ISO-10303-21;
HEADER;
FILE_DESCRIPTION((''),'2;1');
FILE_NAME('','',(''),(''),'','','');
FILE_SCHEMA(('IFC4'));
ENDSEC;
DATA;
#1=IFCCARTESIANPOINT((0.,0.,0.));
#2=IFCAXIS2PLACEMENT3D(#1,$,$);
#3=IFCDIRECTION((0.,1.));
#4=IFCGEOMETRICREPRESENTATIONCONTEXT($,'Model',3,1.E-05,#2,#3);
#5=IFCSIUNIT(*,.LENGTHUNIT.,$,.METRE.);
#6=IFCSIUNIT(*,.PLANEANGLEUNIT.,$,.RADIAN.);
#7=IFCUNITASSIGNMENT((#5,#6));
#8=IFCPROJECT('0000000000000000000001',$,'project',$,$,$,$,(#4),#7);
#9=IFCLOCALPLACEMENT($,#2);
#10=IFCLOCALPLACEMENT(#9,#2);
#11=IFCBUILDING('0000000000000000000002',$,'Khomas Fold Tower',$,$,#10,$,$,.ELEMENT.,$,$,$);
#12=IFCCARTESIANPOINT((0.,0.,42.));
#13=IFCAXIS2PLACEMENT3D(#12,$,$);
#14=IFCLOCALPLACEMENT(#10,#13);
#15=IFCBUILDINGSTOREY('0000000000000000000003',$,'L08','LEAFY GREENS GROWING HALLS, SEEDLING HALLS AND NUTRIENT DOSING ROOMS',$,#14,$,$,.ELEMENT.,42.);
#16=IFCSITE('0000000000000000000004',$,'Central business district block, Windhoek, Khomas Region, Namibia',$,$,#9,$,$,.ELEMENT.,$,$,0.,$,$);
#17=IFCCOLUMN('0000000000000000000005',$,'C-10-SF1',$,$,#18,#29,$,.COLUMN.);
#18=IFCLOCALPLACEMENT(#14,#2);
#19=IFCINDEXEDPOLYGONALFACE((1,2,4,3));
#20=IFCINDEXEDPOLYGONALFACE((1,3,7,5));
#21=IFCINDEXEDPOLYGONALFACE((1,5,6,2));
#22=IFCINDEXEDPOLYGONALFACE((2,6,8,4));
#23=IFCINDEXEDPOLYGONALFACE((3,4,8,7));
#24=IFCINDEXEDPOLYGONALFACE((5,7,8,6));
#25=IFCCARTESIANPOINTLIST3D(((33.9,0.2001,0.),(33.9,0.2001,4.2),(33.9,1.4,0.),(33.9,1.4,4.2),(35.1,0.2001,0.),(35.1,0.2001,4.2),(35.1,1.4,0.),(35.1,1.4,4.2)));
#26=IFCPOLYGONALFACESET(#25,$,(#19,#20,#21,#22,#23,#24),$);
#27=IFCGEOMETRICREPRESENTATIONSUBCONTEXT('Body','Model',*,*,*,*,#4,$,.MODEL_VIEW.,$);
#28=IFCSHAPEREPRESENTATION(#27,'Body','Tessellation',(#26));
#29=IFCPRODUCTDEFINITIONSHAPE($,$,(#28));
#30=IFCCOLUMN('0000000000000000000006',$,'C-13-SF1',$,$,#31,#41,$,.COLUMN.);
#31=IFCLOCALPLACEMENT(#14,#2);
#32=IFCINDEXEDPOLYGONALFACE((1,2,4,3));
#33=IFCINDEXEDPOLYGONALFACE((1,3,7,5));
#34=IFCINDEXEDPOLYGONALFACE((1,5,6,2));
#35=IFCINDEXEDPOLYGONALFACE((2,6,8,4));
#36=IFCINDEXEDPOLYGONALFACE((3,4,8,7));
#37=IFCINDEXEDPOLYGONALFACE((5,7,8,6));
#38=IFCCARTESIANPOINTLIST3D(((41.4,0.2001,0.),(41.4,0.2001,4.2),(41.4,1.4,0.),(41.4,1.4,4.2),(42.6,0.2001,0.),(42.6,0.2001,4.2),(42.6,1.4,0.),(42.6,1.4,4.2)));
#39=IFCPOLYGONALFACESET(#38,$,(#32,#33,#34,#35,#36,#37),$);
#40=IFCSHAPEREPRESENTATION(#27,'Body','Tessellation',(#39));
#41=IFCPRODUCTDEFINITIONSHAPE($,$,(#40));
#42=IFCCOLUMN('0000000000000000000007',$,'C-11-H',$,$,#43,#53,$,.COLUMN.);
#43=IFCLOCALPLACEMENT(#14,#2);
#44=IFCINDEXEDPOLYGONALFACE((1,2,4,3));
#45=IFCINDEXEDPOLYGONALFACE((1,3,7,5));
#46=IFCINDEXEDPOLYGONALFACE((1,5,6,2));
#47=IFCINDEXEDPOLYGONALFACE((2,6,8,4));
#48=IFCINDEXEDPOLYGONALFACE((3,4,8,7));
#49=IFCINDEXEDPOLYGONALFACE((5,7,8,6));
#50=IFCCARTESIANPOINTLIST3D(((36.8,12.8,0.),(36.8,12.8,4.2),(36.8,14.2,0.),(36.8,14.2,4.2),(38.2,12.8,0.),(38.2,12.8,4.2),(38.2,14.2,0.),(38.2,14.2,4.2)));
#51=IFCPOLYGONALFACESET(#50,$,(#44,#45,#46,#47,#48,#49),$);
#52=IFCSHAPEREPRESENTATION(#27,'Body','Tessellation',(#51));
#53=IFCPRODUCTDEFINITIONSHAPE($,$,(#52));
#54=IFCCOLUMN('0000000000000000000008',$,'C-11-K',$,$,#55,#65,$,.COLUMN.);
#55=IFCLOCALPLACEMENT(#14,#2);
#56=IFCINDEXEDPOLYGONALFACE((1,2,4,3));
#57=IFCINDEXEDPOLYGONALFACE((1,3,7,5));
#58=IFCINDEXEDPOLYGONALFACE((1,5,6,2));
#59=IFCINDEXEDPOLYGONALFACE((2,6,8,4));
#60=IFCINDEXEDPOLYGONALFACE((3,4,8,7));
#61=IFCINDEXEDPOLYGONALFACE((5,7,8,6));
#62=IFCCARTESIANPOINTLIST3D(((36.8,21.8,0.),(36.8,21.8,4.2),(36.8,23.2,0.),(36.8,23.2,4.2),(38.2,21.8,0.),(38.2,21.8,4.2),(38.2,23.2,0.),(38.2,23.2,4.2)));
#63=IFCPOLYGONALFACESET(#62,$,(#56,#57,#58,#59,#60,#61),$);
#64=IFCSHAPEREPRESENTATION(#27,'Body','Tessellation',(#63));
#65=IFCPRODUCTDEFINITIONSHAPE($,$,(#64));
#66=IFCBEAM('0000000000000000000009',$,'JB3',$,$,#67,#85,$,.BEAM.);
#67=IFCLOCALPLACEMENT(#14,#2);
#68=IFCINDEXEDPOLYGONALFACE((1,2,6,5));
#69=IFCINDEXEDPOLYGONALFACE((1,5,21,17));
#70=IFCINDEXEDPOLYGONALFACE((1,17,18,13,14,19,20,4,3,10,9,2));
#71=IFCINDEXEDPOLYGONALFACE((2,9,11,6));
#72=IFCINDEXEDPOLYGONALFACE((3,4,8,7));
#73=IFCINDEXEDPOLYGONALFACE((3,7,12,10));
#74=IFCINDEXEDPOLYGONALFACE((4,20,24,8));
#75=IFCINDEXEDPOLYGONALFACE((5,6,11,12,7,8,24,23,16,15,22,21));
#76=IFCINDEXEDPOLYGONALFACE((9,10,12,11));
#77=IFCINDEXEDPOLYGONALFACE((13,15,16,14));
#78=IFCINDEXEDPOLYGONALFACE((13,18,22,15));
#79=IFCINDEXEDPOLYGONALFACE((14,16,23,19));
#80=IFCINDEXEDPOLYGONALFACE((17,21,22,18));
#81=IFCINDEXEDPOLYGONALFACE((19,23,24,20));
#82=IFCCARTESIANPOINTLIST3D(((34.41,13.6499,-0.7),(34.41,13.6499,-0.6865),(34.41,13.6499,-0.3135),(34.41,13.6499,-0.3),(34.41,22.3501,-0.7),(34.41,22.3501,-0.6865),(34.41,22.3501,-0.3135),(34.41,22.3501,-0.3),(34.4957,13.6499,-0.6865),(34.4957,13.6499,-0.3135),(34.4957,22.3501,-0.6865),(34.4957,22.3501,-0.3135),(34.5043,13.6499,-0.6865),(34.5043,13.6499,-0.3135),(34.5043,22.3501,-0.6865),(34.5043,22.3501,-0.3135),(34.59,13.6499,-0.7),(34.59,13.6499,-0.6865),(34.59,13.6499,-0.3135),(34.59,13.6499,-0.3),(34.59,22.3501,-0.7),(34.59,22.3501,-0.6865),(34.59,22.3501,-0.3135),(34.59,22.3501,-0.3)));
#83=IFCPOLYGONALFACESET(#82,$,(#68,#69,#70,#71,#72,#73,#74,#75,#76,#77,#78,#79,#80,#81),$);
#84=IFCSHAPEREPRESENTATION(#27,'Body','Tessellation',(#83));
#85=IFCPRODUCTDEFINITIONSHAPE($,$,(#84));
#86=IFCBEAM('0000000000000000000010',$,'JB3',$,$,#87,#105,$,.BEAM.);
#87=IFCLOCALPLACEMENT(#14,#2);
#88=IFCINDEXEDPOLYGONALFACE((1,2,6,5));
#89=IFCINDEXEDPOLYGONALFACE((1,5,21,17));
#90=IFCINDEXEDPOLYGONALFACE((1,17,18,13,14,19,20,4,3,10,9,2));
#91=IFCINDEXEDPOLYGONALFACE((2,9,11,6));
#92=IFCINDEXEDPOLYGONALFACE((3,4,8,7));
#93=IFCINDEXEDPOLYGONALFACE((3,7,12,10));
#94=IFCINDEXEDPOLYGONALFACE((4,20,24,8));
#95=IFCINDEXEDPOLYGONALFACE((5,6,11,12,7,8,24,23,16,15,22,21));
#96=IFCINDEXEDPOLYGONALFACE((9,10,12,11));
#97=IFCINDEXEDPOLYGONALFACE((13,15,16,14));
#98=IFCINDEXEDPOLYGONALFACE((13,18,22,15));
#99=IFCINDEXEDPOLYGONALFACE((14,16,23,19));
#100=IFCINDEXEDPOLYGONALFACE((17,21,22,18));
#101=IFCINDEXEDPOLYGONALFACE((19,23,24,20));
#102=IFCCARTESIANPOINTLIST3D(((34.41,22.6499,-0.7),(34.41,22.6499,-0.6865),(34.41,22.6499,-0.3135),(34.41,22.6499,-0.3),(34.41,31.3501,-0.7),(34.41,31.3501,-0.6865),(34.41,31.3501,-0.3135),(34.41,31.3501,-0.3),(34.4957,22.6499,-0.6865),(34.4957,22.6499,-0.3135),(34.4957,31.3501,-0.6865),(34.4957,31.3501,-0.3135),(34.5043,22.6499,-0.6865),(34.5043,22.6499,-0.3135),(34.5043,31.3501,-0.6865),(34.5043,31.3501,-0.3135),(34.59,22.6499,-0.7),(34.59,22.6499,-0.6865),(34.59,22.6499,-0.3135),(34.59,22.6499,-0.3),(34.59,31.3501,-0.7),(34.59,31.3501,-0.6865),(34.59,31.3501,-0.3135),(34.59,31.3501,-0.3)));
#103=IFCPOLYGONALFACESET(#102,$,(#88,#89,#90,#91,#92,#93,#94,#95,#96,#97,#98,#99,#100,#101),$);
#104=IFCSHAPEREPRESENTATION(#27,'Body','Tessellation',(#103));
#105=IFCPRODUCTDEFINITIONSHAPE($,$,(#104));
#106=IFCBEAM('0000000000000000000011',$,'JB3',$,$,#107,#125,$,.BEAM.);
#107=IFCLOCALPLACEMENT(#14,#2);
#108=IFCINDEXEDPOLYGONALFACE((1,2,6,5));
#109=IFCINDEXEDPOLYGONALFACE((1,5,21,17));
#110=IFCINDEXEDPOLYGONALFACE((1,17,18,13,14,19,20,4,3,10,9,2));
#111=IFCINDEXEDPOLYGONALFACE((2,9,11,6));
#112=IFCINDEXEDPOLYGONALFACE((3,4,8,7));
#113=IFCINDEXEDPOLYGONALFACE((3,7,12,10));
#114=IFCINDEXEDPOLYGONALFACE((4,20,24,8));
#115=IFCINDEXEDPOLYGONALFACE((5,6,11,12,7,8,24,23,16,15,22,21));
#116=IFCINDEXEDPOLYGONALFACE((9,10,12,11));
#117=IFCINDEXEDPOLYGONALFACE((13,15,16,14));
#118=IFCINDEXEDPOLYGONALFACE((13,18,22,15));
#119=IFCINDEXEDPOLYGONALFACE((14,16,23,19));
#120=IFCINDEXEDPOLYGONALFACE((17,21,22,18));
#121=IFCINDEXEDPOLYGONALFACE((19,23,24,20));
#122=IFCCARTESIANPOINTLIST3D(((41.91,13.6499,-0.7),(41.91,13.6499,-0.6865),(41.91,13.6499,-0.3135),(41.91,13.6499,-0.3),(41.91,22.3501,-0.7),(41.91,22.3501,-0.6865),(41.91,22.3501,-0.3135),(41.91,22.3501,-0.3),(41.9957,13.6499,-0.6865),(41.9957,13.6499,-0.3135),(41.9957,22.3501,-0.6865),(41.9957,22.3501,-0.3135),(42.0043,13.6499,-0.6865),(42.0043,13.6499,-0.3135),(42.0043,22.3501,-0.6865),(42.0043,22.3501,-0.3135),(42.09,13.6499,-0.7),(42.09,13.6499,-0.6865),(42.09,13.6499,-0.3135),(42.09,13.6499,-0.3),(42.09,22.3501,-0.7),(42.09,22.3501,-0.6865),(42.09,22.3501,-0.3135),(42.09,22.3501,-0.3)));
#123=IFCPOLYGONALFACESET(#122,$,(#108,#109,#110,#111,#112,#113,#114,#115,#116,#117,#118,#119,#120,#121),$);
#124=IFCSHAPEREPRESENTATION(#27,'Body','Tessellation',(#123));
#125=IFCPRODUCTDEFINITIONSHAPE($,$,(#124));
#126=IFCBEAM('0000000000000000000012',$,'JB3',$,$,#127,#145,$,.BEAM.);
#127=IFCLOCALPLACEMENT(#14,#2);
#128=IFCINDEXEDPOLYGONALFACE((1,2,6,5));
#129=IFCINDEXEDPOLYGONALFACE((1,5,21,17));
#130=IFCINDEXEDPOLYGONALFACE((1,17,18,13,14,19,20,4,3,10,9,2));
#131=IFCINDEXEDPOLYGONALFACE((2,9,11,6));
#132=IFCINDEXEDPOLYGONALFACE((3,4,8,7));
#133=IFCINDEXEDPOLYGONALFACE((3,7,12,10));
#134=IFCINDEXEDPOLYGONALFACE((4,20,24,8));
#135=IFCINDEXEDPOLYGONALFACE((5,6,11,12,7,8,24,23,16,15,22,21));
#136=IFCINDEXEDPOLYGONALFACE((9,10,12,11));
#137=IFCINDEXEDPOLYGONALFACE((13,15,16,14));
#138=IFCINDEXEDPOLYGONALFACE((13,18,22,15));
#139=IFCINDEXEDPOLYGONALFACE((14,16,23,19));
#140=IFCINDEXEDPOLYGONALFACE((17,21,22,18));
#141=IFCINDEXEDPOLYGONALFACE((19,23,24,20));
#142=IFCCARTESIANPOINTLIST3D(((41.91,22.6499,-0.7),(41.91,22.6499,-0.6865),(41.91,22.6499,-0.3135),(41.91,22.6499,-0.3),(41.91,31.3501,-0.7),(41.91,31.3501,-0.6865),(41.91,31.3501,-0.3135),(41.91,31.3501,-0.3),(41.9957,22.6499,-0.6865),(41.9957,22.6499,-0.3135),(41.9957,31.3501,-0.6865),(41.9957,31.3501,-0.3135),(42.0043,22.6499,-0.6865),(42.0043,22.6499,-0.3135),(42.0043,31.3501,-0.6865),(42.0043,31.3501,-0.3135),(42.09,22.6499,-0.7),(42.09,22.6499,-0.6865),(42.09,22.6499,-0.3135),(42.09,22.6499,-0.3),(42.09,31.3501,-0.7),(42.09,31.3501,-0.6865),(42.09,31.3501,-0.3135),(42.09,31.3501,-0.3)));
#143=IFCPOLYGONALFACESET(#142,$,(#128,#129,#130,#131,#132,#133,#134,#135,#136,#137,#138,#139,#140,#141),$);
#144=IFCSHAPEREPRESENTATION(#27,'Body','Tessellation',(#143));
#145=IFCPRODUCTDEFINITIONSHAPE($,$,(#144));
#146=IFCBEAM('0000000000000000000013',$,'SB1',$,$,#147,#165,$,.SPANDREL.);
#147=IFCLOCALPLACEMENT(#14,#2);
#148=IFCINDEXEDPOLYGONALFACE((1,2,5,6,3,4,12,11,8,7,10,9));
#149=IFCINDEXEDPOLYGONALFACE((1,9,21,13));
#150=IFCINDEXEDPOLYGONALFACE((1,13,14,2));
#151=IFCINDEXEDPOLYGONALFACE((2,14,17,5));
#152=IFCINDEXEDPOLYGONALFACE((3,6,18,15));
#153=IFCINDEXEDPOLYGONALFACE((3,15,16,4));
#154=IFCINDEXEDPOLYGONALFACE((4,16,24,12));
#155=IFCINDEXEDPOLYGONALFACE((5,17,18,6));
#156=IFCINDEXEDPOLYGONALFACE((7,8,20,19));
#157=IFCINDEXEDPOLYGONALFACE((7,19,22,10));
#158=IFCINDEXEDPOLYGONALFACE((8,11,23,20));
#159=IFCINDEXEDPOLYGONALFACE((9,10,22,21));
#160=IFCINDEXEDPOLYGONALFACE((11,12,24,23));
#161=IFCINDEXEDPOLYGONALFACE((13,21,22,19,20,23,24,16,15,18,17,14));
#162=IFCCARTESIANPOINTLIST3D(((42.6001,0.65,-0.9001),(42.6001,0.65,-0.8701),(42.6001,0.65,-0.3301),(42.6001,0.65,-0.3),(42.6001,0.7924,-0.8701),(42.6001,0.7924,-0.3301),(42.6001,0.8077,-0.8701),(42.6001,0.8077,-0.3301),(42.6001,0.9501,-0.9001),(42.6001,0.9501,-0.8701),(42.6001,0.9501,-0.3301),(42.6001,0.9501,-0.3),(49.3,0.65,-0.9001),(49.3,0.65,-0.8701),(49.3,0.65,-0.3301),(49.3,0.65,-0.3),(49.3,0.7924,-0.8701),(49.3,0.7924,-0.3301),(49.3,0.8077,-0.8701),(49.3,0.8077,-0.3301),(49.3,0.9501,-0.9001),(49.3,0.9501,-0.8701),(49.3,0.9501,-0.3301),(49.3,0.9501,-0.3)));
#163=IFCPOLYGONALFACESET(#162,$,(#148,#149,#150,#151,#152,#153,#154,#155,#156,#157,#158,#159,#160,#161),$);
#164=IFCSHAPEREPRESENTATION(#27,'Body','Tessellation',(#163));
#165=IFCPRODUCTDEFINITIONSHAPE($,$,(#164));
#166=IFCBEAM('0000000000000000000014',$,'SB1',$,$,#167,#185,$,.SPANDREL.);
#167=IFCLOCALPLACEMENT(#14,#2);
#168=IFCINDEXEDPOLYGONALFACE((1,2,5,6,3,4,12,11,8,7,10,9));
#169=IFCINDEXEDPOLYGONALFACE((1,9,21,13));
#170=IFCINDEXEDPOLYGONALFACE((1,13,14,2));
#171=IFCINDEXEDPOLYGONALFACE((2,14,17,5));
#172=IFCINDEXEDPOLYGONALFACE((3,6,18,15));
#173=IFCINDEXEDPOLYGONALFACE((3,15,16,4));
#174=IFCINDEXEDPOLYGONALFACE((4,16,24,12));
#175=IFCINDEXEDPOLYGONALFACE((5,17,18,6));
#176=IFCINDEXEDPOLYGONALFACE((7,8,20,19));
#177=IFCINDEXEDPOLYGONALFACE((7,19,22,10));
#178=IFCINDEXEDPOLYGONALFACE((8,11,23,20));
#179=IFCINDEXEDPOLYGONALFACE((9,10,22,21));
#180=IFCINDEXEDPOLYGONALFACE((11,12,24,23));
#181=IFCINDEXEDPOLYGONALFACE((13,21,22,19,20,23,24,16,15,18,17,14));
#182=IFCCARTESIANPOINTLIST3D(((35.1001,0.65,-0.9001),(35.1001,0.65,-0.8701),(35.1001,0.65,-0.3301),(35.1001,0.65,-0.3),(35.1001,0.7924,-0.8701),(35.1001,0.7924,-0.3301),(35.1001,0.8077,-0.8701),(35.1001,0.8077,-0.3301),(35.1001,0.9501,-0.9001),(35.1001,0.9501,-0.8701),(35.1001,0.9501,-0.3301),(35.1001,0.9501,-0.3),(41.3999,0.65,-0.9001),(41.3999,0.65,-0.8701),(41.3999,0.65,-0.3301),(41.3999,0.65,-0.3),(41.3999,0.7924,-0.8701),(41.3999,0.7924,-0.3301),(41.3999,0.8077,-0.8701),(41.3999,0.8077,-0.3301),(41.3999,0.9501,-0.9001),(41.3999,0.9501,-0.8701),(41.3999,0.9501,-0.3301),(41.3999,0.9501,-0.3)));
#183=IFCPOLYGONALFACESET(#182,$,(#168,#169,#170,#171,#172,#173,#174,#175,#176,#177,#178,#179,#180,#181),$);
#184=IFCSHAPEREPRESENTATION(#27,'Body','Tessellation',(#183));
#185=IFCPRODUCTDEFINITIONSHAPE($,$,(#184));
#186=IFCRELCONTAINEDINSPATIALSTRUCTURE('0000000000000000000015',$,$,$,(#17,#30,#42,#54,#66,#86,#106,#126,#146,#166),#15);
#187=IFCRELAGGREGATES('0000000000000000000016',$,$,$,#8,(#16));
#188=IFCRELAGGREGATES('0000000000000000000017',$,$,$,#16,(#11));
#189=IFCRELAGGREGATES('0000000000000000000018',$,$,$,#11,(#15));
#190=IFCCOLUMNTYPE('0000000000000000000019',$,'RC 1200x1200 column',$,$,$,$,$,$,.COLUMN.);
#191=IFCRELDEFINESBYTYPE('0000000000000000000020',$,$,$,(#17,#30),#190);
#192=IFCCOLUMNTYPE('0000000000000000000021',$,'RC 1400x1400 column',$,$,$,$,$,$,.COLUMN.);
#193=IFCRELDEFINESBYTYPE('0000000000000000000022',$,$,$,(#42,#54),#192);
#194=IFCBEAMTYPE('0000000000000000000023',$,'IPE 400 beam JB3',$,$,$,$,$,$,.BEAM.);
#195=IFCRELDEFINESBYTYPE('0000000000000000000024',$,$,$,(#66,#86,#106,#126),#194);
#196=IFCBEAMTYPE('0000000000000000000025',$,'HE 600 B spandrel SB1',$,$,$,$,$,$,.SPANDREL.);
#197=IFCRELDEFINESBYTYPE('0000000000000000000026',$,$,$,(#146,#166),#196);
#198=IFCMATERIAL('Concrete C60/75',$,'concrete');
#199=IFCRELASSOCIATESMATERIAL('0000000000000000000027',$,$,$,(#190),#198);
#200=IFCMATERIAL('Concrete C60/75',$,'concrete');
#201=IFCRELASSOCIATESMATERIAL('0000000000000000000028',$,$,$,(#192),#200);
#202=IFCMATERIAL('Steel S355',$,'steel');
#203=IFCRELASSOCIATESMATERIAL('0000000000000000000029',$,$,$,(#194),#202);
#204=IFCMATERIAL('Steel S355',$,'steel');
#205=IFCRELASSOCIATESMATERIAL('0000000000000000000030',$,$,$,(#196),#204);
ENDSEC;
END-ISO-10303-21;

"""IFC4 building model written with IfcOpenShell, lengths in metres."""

from ifc_helpers import new_model, si_unit, direction, frame, origin, origin_2d, place, context, subcontext, project, spatial, rectangle, i_section, extrude, source, transform, mapped, material, material_profile, profile_set, type_object, element, save


model = new_model("IFC4")

# Units and contexts
model_context = context("Model", 3, precision=1e-05, world=origin(), true_north=direction((0.0, 1.0)))
body_context = subcontext(model_context, "Body", "Model", "MODEL_VIEW")
ifc_project = project(units=[si_unit("LENGTHUNIT", "METRE"), si_unit("PLANEANGLEUNIT", "RADIAN")], contexts=[model_context])

# Site, building, storey
site_placement = place(None, origin())
site = spatial("IfcSite", under=ifc_project, at=site_placement, Name="Central business district block, Windhoek, Khomas Region, Namibia", CompositionType="ELEMENT", RefElevation=0.0)
building_placement = place(site_placement, origin())
building = spatial("IfcBuilding", under=site, at=building_placement, Name="Khomas Fold Tower", CompositionType="ELEMENT")
storey_placement = place(building_placement, frame((0.0, 0.0, 42.0)))
storey = spatial("IfcBuildingStorey", under=building, at=storey_placement, Name="L08", Description="LEAFY GREENS GROWING HALLS, SEEDLING HALLS AND NUTRIENT DOSING ROOMS", CompositionType="ELEMENT", Elevation=42.0)

# Columns
ifc_material_1 = material(Name="Concrete C60/75", Category="concrete")
ifc_material_profile_1 = material_profile(ifc_material_1, rectangle(XDim=1.2, YDim=1.2, at=origin_2d()), Name="RC 1200x1200")
ifc_profile_set_1 = profile_set([ifc_material_profile_1], Name="Concrete C60/75")
column_type_1 = type_object("IfcColumnType", Name="RC 1200x1200 column", PredefinedType="COLUMN", material=ifc_profile_set_1)
shared_shape_1 = source(origin(), body_context, "Body", "SweptSolid", [
    extrude(rectangle(XDim=1.2, YDim=1.2, at=origin_2d()), origin(), (0.0, 0.0, 1.0), 4.2),
])
for number, where, z_axis, x_axis, name in (
    (1, (34.5, 0.8, 0.0), (0.0, 0.0, 1.0), (1.0, 0.0, 0.0), "C-10-SF1"),
    (2, (42.0, 0.8, 0.0), (0.0, 0.0, 1.0), (1.0, 0.0, 0.0), "C-13-SF1"),
):
    element("IfcColumn", number, at=place(storey_placement, frame(where, z_axis=z_axis, x_axis=x_axis)), inside=storey, type_object=column_type_1, Name=name, PredefinedType="COLUMN", context=body_context, shape_type="MappedRepresentation", body=[
        mapped(shared_shape_1, transform((0.0, 0.0, 0.0))),
    ])
ifc_material_2 = material(Name="Concrete C60/75", Category="concrete")
ifc_material_profile_2 = material_profile(ifc_material_2, rectangle(XDim=1.3999, YDim=1.3999, at=origin_2d()), Name="RC 1400x1400")
ifc_profile_set_2 = profile_set([ifc_material_profile_2], Name="Concrete C60/75")
column_type_2 = type_object("IfcColumnType", Name="RC 1400x1400 column", PredefinedType="COLUMN", material=ifc_profile_set_2)
shared_shape_2 = source(origin(), body_context, "Body", "SweptSolid", [
    extrude(rectangle(XDim=1.3999, YDim=1.3999, at=origin_2d()), origin(), (0.0, 0.0, 1.0), 4.2),
])
for number, where, z_axis, x_axis, name in (
    (3, (37.5, 13.5, 0.0), (0.0, 0.0, 1.0), (1.0, 0.0, 0.0), "C-11-H"),
    (4, (37.5, 22.5, 0.0), (0.0, 0.0, 1.0), (1.0, 0.0, 0.0), "C-11-K"),
):
    element("IfcColumn", number, at=place(storey_placement, frame(where, z_axis=z_axis, x_axis=x_axis)), inside=storey, type_object=column_type_2, Name=name, PredefinedType="COLUMN", context=body_context, shape_type="MappedRepresentation", body=[
        mapped(shared_shape_2, transform((0.0, 0.0, 0.0))),
    ])

# Beams
ifc_material_3 = material(Name="Steel S355", Category="steel")
ifc_material_profile_3 = material_profile(ifc_material_3, i_section(OverallWidth=0.1799, OverallDepth=0.3999, WebThickness=0.0085, FlangeThickness=0.0134, at=origin_2d()), Name="IPE 400")
ifc_profile_set_3 = profile_set([ifc_material_profile_3], Name="Steel S355")
beam_type_1 = type_object("IfcBeamType", Name="IPE 400 beam JB3", PredefinedType="BEAM", material=ifc_profile_set_3)
shared_shape_3 = source(origin(), body_context, "Body", "SweptSolid", [
    extrude(i_section(OverallWidth=0.1799, OverallDepth=0.3999, WebThickness=0.0085, FlangeThickness=0.0134, at=origin_2d()), origin(), (0.0, 0.0, 1.0), 8.7002),
])
for number, where, z_axis, x_axis, name in (
    (5, (34.5, 13.6499, -0.5), (0.0, 1.0, 0.0), (-1.0, 0.0, 0.0), "JB3"),
    (6, (34.5, 22.6499, -0.5), (0.0, 1.0, 0.0), (-1.0, 0.0, 0.0), "JB3"),
    (7, (42.0, 13.6499, -0.5), (0.0, 1.0, 0.0), (-1.0, 0.0, 0.0), "JB3"),
    (8, (42.0, 22.6499, -0.5), (0.0, 1.0, 0.0), (-1.0, 0.0, 0.0), "JB3"),
):
    element("IfcBeam", number, at=place(storey_placement, frame(where, z_axis=z_axis, x_axis=x_axis)), inside=storey, type_object=beam_type_1, Name=name, PredefinedType="BEAM", context=body_context, shape_type="MappedRepresentation", body=[
        mapped(shared_shape_3, transform((0.0, 0.0, 0.0))),
    ])
ifc_material_4 = material(Name="Steel S355", Category="steel")
ifc_material_profile_4 = material_profile(ifc_material_4, i_section(OverallWidth=0.3, OverallDepth=0.6001, WebThickness=0.0154, FlangeThickness=0.03, at=origin_2d()), Name="HE 600 B")
ifc_profile_set_4 = profile_set([ifc_material_profile_4], Name="Steel S355")
beam_type_2 = type_object("IfcBeamType", Name="HE 600 B spandrel SB1", PredefinedType="SPANDREL", material=ifc_profile_set_4)
shared_shape_4 = source(origin(), body_context, "Body", "SweptSolid", [
    extrude(i_section(OverallWidth=0.3, OverallDepth=0.6001, WebThickness=0.0154, FlangeThickness=0.03, at=origin_2d()), origin(), (0.0, 0.0, 1.0), 6.7),
])
beam_1_placement = place(storey_placement, frame((42.6001, 0.8, -0.6001), z_axis=(1.0, 0.0, 0.0), x_axis=(0.0, 1.0, 0.0)))
element("IfcBeam", 9, at=beam_1_placement, inside=storey, type_object=beam_type_2, Name="SB1", PredefinedType="SPANDREL", context=body_context, shape_type="MappedRepresentation", body=[
    mapped(shared_shape_4, transform((0.0, 0.0, 0.0))),
])
shared_shape_5 = source(origin(), body_context, "Body", "SweptSolid", [
    extrude(i_section(OverallWidth=0.3, OverallDepth=0.6001, WebThickness=0.0154, FlangeThickness=0.03, at=origin_2d()), origin(), (0.0, 0.0, 1.0), 6.2998),
])
beam_2_placement = place(storey_placement, frame((35.1001, 0.8, -0.6001), z_axis=(1.0, 0.0, 0.0), x_axis=(0.0, 1.0, 0.0)))
element("IfcBeam", 10, at=beam_2_placement, inside=storey, type_object=beam_type_2, Name="SB1", PredefinedType="SPANDREL", context=body_context, shape_type="MappedRepresentation", body=[
    mapped(shared_shape_5, transform((0.0, 0.0, 0.0))),
])

save(model, "model.ifc")
